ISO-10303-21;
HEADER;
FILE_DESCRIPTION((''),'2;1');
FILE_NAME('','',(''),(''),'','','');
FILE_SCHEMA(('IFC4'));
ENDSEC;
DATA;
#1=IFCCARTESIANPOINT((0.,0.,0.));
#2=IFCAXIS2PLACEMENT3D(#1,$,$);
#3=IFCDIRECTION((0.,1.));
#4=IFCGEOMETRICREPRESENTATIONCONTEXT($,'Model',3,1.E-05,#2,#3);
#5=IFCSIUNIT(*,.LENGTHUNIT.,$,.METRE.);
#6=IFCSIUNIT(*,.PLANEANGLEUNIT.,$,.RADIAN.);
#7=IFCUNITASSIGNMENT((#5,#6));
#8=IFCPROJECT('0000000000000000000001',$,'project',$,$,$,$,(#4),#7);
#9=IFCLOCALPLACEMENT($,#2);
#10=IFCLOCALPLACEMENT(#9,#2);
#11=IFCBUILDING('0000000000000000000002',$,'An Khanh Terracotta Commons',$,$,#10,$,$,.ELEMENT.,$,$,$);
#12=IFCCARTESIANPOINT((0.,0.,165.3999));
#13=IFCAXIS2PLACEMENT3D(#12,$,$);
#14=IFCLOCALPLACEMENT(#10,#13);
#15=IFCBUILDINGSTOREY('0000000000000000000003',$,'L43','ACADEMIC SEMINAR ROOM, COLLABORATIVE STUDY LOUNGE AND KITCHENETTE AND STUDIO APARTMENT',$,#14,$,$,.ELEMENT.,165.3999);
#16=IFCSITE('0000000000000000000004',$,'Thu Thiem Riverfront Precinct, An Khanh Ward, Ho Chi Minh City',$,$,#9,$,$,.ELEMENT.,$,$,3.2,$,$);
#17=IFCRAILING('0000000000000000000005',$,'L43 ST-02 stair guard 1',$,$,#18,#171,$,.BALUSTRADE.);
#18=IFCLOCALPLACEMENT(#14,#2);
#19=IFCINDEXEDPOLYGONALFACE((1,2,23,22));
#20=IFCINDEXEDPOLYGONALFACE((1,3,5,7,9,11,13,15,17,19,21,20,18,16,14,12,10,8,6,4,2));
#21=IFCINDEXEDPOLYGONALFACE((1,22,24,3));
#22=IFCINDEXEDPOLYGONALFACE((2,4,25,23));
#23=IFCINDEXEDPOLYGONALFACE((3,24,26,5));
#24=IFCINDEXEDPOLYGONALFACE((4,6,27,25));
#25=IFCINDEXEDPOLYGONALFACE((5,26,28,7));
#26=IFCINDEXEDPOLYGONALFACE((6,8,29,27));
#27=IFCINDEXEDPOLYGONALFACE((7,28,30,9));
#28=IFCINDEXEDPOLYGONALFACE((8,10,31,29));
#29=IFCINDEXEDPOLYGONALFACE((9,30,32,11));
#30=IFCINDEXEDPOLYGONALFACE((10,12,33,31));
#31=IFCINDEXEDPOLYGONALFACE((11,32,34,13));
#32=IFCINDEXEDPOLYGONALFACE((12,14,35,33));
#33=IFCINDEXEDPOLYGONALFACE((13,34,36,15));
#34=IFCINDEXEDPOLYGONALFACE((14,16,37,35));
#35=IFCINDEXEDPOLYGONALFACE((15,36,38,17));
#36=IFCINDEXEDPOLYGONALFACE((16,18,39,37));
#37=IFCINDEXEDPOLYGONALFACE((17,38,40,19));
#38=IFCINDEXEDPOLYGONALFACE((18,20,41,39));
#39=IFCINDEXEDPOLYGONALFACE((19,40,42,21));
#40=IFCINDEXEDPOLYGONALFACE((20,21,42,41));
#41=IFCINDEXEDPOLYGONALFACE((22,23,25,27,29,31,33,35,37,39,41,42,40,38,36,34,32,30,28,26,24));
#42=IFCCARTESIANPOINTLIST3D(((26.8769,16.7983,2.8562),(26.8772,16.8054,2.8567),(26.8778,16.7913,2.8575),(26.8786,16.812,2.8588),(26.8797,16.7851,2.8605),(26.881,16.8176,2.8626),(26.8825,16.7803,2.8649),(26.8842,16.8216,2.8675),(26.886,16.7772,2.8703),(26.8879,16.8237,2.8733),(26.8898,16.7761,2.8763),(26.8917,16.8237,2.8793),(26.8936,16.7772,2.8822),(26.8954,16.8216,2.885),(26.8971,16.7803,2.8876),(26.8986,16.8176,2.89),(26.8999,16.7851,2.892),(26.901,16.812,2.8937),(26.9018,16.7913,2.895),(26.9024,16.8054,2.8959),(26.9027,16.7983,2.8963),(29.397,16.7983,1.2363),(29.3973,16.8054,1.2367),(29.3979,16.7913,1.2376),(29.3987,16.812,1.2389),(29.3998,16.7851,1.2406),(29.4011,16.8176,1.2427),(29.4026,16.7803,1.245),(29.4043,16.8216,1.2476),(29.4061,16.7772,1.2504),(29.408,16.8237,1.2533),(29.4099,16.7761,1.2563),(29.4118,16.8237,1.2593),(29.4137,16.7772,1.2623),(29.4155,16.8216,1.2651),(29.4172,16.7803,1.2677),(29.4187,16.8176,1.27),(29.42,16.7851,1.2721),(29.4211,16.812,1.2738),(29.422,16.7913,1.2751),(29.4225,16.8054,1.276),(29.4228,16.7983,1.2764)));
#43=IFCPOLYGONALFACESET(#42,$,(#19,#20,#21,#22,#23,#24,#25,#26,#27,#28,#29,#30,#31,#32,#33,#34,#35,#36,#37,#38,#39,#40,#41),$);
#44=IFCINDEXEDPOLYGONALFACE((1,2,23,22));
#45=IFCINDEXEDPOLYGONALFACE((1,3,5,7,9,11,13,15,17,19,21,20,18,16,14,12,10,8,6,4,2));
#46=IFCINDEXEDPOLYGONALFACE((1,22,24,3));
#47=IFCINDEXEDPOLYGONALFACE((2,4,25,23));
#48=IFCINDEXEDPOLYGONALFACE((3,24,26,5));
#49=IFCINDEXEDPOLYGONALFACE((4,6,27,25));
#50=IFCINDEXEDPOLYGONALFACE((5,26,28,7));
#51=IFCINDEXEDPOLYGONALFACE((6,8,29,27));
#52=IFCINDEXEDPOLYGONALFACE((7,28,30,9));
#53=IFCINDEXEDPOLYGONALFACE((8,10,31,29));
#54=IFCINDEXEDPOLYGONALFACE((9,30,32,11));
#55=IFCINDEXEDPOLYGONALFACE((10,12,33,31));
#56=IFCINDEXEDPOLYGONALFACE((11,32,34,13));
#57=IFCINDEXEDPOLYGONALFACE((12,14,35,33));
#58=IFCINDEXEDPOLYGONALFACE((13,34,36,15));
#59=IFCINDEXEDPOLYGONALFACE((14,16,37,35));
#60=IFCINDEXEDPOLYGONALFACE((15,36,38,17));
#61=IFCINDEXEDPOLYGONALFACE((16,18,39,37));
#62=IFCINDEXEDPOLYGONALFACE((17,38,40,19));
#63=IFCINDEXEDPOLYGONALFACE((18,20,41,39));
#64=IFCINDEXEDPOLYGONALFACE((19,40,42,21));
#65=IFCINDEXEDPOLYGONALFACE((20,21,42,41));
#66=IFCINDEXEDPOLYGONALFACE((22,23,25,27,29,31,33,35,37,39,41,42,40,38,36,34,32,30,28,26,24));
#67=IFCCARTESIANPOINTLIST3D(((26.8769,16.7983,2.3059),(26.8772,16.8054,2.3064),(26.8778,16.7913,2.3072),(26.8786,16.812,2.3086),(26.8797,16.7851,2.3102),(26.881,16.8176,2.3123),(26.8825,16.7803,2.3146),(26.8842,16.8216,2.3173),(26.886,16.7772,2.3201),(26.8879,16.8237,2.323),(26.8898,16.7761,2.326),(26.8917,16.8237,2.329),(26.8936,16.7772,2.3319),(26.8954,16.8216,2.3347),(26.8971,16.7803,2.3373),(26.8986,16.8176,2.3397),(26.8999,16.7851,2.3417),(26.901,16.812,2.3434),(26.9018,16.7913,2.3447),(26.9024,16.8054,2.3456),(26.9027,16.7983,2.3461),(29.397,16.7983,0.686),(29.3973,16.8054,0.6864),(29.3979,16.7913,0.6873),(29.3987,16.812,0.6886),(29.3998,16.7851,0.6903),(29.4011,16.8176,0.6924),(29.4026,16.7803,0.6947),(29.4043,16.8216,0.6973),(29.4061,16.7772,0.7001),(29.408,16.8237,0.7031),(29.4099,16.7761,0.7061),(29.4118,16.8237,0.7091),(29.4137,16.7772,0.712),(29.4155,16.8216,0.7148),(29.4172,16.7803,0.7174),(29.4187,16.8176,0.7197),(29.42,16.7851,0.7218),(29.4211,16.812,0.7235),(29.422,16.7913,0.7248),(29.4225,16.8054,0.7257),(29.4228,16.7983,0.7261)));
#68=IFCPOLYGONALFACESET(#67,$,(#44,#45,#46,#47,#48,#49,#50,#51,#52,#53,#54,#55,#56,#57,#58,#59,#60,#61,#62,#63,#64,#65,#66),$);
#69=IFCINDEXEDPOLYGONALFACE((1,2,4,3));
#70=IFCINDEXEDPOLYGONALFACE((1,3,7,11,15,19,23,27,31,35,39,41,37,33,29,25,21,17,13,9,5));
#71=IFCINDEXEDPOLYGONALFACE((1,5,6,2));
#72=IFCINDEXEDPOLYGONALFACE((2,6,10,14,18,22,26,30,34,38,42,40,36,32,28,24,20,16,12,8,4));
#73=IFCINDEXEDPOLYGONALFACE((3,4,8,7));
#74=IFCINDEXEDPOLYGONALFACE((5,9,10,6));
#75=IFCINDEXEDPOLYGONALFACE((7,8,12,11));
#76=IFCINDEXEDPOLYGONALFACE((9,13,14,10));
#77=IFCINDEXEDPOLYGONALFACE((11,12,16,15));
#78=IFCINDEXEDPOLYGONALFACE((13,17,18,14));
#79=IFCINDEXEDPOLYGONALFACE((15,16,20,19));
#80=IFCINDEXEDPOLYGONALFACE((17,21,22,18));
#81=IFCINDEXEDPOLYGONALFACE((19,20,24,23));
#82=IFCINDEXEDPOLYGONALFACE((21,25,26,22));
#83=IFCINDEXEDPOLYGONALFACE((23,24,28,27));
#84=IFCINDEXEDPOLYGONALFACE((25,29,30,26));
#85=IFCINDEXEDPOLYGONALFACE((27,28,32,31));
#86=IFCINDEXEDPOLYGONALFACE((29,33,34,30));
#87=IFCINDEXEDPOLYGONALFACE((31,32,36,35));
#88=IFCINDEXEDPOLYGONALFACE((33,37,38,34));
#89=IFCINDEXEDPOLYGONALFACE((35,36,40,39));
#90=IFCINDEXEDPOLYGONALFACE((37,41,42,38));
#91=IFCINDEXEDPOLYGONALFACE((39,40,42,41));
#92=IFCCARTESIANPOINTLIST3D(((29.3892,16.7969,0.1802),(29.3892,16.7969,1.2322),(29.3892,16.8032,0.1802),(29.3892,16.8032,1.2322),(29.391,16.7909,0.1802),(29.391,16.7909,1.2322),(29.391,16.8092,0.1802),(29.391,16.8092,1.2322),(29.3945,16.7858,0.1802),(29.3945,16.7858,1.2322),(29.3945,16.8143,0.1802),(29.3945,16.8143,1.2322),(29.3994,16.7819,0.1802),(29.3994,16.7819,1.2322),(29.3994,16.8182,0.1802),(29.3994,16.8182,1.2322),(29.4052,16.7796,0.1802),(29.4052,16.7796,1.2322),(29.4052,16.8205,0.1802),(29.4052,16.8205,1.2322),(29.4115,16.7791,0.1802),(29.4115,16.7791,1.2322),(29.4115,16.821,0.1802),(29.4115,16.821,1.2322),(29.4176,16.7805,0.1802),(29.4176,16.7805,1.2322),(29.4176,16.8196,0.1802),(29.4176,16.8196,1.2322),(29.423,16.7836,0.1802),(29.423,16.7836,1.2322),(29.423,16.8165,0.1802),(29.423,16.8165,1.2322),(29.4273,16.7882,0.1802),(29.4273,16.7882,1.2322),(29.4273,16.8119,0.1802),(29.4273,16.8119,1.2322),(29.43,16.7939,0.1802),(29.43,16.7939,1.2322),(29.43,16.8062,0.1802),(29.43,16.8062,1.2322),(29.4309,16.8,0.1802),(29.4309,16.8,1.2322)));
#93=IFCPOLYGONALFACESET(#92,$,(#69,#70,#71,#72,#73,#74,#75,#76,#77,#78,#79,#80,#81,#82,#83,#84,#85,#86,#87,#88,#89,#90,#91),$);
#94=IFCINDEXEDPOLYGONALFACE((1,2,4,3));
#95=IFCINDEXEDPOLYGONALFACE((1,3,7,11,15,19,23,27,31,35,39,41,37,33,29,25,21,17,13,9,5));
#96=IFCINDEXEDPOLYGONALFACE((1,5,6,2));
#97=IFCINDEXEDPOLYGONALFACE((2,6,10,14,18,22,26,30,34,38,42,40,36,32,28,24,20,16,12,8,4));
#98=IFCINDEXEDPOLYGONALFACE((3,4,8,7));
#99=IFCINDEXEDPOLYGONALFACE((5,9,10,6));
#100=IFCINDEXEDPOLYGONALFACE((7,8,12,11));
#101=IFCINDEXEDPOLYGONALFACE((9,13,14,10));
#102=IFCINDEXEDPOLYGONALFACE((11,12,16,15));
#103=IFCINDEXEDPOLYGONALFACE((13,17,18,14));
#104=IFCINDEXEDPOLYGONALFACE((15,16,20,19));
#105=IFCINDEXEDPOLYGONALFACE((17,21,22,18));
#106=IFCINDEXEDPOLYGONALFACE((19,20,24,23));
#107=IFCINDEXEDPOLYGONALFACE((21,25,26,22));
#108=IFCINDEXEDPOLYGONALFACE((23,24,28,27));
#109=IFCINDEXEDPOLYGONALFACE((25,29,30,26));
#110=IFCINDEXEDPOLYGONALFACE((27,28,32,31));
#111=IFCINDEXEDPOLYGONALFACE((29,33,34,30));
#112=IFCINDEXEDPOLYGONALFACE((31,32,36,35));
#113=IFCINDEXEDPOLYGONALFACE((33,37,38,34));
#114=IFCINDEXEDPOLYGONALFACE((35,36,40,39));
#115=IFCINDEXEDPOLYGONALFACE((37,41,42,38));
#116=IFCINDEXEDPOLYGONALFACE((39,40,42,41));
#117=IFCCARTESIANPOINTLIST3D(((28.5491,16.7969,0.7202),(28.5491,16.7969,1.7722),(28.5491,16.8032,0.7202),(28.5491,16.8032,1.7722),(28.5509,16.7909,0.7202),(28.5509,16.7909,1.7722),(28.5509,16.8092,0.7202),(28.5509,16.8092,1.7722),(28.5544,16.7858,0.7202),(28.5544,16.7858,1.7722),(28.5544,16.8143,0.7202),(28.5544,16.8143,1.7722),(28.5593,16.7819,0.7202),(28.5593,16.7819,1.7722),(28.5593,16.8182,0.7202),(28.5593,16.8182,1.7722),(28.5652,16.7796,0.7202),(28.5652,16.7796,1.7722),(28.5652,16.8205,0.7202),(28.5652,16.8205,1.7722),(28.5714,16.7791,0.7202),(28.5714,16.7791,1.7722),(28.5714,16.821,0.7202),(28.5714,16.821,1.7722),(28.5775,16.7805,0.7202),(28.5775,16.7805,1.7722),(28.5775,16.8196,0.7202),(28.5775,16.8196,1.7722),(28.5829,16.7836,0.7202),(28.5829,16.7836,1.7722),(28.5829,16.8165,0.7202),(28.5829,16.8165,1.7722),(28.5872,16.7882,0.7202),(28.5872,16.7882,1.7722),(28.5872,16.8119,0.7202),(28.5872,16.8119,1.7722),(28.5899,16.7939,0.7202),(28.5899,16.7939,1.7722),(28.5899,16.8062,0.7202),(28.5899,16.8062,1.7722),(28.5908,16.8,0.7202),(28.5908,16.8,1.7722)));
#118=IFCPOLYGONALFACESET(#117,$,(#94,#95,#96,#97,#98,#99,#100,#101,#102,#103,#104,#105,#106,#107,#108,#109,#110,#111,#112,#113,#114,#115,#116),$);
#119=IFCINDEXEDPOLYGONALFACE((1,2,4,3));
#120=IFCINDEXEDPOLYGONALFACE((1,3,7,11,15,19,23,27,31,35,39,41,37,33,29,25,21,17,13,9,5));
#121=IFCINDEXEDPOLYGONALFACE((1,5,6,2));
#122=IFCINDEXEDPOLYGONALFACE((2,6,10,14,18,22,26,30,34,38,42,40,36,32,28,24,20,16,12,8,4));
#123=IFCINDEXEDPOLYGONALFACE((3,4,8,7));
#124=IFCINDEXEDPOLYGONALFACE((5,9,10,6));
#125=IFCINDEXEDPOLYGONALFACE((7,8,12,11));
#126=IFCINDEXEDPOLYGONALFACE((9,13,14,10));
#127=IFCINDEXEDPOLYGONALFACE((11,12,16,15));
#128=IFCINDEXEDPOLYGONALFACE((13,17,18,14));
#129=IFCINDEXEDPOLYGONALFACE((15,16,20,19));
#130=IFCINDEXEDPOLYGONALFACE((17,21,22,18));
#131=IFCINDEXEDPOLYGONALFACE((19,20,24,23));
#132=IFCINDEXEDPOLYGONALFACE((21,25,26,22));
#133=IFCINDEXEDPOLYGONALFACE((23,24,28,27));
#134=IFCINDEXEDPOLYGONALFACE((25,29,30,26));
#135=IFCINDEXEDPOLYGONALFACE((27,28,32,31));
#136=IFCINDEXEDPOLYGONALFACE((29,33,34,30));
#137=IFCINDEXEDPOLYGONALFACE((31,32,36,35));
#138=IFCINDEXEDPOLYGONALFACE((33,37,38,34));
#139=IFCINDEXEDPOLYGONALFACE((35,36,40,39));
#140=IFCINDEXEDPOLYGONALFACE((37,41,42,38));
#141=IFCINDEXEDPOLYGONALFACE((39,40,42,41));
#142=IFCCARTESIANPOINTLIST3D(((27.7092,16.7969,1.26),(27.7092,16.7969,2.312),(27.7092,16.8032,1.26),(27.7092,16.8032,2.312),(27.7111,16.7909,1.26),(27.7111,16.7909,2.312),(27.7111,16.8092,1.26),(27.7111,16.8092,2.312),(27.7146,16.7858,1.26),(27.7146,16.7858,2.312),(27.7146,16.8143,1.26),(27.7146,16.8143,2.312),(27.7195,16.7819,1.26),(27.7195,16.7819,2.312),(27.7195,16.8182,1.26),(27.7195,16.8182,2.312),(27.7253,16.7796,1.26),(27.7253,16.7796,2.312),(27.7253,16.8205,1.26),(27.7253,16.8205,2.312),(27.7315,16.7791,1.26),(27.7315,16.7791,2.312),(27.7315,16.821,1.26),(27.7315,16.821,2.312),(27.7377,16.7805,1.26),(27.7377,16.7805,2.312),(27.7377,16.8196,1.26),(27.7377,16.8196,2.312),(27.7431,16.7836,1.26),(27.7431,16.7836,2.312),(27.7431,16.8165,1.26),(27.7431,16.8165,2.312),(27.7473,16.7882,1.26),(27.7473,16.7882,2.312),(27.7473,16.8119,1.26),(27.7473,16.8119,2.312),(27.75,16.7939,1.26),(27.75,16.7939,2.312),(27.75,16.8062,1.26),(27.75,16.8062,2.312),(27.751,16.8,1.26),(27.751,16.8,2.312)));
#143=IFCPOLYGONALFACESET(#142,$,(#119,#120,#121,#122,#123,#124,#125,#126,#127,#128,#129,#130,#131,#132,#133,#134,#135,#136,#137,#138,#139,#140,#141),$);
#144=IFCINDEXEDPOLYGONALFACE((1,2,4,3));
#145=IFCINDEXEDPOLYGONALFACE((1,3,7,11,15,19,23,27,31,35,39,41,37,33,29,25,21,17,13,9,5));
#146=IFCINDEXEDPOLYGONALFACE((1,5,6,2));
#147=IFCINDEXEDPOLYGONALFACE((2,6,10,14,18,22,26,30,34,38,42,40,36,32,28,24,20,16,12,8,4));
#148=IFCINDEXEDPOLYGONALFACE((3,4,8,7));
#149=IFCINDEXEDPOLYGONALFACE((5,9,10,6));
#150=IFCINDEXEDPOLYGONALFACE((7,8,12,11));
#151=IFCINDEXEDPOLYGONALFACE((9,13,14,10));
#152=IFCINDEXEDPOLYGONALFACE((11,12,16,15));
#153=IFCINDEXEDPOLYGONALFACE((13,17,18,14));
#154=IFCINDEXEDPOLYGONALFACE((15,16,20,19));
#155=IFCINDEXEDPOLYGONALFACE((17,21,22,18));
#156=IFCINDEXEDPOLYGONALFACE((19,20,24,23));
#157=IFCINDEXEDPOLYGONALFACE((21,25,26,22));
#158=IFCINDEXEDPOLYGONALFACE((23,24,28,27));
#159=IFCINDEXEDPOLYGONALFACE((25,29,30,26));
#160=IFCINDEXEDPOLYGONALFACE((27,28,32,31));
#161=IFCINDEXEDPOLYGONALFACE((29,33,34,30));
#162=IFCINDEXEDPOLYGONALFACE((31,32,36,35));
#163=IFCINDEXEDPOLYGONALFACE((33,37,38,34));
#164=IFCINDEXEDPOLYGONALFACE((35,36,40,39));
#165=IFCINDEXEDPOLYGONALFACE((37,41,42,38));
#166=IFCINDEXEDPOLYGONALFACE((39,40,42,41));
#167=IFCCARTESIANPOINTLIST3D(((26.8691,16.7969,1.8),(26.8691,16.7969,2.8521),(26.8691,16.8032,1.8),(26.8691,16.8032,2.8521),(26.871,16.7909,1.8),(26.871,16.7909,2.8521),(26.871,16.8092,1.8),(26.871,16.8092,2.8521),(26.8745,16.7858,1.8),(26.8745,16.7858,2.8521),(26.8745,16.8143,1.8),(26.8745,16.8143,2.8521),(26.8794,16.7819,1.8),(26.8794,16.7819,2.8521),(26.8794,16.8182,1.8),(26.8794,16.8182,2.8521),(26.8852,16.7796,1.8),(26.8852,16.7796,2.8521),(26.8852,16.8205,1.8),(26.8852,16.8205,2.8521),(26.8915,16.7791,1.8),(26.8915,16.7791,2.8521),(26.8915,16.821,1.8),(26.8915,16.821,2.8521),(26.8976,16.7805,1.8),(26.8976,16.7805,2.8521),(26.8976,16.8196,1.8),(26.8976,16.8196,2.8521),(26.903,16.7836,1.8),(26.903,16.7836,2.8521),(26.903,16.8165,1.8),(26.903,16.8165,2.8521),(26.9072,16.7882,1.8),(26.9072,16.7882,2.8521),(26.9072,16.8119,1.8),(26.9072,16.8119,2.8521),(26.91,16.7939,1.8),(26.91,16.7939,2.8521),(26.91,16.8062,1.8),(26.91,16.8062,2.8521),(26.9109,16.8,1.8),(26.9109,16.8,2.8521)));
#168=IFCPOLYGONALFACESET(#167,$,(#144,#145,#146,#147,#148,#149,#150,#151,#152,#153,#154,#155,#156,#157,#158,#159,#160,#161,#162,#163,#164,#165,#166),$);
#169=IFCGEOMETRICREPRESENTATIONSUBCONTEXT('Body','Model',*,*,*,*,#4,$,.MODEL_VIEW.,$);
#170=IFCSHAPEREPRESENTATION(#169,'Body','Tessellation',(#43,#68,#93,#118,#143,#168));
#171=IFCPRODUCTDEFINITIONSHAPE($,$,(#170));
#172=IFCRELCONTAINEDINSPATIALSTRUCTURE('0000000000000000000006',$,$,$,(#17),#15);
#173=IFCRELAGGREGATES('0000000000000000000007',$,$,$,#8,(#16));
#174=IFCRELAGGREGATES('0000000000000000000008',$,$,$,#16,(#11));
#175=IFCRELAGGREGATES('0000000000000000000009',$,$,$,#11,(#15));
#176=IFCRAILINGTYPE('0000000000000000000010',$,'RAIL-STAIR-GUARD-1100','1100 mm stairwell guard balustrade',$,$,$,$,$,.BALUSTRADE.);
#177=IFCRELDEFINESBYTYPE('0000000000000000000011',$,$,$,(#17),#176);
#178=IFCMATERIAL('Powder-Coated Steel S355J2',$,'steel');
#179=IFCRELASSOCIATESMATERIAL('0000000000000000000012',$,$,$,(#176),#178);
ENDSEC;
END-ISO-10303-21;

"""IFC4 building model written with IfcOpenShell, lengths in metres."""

from ifc_helpers import new_model, si_unit, direction, frame, origin, origin_2d, place, context, subcontext, project, spatial, circle, extrude, material, type_object, element, save


model = new_model("IFC4")

# Units and contexts
model_context = context("Model", 3, precision=1e-05, world=origin(), true_north=direction((0.0, 1.0)))
body_context = subcontext(model_context, "Body", "Model", "MODEL_VIEW")
ifc_project = project(units=[si_unit("LENGTHUNIT", "METRE"), si_unit("PLANEANGLEUNIT", "RADIAN")], contexts=[model_context])

# Site, building, storey
site_placement = place(None, origin())
site = spatial("IfcSite", under=ifc_project, at=site_placement, Name="Thu Thiem Riverfront Precinct, An Khanh Ward, Ho Chi Minh City", CompositionType="ELEMENT", RefElevation=3.2)
building_placement = place(site_placement, origin())
building = spatial("IfcBuilding", under=site, at=building_placement, Name="An Khanh Terracotta Commons", CompositionType="ELEMENT")
storey_placement = place(building_placement, frame((0.0, 0.0, 165.3999)))
storey = spatial("IfcBuildingStorey", under=building, at=storey_placement, Name="L43", Description="ACADEMIC SEMINAR ROOM, COLLABORATIVE STUDY LOUNGE AND KITCHENETTE AND STUDIO APARTMENT", CompositionType="ELEMENT", Elevation=165.3999)

# Railing
ifc_material_1 = material(Name="Powder-Coated Steel S355J2", Category="steel")
railing_type_1 = type_object("IfcRailingType", Name="RAIL-STAIR-GUARD-1100", Description="1100 mm stairwell guard balustrade", PredefinedType="BALUSTRADE", material=ifc_material_1)
railing_1_placement = place(storey_placement, frame((29.4099, 16.8, 0.1802)))
element("IfcRailing", 1, at=railing_1_placement, inside=storey, type_object=railing_type_1, Name="L43 ST-02 stair guard 1", PredefinedType="BALUSTRADE", context=body_context, shape_type="SweptSolid", body=[
    extrude(circle(Radius=0.0239, at=origin_2d()), frame((0.0, 0.0, 1.0762), z_axis=(-0.8412, 0.0, 0.540725), x_axis=(0.0, -1.0, 0.0)), (0.0, 0.0, 1.0), 2.9958),
    extrude(circle(Radius=0.0239, at=origin_2d()), frame((0.0, 0.0, 0.5259), z_axis=(-0.8412, 0.0, 0.540725), x_axis=(0.0, -1.0, 0.0)), (0.0, 0.0, 1.0), 2.9958),
    extrude(circle(Radius=0.021, at=origin_2d()), origin(), (0.0, 0.0, 1.0), 1.052),
    extrude(circle(Radius=0.021, at=origin_2d()), frame((-0.8401, 0.0, 0.54)), (0.0, 0.0, 1.0), 1.052),
    extrude(circle(Radius=0.021, at=origin_2d()), frame((-1.6799, 0.0, 1.0798)), (0.0, 0.0, 1.0), 1.052),
    extrude(circle(Radius=0.021, at=origin_2d()), frame((-2.52, 0.0, 1.6199)), (0.0, 0.0, 1.0), 1.052),
])

save(model, "model.ifc")
